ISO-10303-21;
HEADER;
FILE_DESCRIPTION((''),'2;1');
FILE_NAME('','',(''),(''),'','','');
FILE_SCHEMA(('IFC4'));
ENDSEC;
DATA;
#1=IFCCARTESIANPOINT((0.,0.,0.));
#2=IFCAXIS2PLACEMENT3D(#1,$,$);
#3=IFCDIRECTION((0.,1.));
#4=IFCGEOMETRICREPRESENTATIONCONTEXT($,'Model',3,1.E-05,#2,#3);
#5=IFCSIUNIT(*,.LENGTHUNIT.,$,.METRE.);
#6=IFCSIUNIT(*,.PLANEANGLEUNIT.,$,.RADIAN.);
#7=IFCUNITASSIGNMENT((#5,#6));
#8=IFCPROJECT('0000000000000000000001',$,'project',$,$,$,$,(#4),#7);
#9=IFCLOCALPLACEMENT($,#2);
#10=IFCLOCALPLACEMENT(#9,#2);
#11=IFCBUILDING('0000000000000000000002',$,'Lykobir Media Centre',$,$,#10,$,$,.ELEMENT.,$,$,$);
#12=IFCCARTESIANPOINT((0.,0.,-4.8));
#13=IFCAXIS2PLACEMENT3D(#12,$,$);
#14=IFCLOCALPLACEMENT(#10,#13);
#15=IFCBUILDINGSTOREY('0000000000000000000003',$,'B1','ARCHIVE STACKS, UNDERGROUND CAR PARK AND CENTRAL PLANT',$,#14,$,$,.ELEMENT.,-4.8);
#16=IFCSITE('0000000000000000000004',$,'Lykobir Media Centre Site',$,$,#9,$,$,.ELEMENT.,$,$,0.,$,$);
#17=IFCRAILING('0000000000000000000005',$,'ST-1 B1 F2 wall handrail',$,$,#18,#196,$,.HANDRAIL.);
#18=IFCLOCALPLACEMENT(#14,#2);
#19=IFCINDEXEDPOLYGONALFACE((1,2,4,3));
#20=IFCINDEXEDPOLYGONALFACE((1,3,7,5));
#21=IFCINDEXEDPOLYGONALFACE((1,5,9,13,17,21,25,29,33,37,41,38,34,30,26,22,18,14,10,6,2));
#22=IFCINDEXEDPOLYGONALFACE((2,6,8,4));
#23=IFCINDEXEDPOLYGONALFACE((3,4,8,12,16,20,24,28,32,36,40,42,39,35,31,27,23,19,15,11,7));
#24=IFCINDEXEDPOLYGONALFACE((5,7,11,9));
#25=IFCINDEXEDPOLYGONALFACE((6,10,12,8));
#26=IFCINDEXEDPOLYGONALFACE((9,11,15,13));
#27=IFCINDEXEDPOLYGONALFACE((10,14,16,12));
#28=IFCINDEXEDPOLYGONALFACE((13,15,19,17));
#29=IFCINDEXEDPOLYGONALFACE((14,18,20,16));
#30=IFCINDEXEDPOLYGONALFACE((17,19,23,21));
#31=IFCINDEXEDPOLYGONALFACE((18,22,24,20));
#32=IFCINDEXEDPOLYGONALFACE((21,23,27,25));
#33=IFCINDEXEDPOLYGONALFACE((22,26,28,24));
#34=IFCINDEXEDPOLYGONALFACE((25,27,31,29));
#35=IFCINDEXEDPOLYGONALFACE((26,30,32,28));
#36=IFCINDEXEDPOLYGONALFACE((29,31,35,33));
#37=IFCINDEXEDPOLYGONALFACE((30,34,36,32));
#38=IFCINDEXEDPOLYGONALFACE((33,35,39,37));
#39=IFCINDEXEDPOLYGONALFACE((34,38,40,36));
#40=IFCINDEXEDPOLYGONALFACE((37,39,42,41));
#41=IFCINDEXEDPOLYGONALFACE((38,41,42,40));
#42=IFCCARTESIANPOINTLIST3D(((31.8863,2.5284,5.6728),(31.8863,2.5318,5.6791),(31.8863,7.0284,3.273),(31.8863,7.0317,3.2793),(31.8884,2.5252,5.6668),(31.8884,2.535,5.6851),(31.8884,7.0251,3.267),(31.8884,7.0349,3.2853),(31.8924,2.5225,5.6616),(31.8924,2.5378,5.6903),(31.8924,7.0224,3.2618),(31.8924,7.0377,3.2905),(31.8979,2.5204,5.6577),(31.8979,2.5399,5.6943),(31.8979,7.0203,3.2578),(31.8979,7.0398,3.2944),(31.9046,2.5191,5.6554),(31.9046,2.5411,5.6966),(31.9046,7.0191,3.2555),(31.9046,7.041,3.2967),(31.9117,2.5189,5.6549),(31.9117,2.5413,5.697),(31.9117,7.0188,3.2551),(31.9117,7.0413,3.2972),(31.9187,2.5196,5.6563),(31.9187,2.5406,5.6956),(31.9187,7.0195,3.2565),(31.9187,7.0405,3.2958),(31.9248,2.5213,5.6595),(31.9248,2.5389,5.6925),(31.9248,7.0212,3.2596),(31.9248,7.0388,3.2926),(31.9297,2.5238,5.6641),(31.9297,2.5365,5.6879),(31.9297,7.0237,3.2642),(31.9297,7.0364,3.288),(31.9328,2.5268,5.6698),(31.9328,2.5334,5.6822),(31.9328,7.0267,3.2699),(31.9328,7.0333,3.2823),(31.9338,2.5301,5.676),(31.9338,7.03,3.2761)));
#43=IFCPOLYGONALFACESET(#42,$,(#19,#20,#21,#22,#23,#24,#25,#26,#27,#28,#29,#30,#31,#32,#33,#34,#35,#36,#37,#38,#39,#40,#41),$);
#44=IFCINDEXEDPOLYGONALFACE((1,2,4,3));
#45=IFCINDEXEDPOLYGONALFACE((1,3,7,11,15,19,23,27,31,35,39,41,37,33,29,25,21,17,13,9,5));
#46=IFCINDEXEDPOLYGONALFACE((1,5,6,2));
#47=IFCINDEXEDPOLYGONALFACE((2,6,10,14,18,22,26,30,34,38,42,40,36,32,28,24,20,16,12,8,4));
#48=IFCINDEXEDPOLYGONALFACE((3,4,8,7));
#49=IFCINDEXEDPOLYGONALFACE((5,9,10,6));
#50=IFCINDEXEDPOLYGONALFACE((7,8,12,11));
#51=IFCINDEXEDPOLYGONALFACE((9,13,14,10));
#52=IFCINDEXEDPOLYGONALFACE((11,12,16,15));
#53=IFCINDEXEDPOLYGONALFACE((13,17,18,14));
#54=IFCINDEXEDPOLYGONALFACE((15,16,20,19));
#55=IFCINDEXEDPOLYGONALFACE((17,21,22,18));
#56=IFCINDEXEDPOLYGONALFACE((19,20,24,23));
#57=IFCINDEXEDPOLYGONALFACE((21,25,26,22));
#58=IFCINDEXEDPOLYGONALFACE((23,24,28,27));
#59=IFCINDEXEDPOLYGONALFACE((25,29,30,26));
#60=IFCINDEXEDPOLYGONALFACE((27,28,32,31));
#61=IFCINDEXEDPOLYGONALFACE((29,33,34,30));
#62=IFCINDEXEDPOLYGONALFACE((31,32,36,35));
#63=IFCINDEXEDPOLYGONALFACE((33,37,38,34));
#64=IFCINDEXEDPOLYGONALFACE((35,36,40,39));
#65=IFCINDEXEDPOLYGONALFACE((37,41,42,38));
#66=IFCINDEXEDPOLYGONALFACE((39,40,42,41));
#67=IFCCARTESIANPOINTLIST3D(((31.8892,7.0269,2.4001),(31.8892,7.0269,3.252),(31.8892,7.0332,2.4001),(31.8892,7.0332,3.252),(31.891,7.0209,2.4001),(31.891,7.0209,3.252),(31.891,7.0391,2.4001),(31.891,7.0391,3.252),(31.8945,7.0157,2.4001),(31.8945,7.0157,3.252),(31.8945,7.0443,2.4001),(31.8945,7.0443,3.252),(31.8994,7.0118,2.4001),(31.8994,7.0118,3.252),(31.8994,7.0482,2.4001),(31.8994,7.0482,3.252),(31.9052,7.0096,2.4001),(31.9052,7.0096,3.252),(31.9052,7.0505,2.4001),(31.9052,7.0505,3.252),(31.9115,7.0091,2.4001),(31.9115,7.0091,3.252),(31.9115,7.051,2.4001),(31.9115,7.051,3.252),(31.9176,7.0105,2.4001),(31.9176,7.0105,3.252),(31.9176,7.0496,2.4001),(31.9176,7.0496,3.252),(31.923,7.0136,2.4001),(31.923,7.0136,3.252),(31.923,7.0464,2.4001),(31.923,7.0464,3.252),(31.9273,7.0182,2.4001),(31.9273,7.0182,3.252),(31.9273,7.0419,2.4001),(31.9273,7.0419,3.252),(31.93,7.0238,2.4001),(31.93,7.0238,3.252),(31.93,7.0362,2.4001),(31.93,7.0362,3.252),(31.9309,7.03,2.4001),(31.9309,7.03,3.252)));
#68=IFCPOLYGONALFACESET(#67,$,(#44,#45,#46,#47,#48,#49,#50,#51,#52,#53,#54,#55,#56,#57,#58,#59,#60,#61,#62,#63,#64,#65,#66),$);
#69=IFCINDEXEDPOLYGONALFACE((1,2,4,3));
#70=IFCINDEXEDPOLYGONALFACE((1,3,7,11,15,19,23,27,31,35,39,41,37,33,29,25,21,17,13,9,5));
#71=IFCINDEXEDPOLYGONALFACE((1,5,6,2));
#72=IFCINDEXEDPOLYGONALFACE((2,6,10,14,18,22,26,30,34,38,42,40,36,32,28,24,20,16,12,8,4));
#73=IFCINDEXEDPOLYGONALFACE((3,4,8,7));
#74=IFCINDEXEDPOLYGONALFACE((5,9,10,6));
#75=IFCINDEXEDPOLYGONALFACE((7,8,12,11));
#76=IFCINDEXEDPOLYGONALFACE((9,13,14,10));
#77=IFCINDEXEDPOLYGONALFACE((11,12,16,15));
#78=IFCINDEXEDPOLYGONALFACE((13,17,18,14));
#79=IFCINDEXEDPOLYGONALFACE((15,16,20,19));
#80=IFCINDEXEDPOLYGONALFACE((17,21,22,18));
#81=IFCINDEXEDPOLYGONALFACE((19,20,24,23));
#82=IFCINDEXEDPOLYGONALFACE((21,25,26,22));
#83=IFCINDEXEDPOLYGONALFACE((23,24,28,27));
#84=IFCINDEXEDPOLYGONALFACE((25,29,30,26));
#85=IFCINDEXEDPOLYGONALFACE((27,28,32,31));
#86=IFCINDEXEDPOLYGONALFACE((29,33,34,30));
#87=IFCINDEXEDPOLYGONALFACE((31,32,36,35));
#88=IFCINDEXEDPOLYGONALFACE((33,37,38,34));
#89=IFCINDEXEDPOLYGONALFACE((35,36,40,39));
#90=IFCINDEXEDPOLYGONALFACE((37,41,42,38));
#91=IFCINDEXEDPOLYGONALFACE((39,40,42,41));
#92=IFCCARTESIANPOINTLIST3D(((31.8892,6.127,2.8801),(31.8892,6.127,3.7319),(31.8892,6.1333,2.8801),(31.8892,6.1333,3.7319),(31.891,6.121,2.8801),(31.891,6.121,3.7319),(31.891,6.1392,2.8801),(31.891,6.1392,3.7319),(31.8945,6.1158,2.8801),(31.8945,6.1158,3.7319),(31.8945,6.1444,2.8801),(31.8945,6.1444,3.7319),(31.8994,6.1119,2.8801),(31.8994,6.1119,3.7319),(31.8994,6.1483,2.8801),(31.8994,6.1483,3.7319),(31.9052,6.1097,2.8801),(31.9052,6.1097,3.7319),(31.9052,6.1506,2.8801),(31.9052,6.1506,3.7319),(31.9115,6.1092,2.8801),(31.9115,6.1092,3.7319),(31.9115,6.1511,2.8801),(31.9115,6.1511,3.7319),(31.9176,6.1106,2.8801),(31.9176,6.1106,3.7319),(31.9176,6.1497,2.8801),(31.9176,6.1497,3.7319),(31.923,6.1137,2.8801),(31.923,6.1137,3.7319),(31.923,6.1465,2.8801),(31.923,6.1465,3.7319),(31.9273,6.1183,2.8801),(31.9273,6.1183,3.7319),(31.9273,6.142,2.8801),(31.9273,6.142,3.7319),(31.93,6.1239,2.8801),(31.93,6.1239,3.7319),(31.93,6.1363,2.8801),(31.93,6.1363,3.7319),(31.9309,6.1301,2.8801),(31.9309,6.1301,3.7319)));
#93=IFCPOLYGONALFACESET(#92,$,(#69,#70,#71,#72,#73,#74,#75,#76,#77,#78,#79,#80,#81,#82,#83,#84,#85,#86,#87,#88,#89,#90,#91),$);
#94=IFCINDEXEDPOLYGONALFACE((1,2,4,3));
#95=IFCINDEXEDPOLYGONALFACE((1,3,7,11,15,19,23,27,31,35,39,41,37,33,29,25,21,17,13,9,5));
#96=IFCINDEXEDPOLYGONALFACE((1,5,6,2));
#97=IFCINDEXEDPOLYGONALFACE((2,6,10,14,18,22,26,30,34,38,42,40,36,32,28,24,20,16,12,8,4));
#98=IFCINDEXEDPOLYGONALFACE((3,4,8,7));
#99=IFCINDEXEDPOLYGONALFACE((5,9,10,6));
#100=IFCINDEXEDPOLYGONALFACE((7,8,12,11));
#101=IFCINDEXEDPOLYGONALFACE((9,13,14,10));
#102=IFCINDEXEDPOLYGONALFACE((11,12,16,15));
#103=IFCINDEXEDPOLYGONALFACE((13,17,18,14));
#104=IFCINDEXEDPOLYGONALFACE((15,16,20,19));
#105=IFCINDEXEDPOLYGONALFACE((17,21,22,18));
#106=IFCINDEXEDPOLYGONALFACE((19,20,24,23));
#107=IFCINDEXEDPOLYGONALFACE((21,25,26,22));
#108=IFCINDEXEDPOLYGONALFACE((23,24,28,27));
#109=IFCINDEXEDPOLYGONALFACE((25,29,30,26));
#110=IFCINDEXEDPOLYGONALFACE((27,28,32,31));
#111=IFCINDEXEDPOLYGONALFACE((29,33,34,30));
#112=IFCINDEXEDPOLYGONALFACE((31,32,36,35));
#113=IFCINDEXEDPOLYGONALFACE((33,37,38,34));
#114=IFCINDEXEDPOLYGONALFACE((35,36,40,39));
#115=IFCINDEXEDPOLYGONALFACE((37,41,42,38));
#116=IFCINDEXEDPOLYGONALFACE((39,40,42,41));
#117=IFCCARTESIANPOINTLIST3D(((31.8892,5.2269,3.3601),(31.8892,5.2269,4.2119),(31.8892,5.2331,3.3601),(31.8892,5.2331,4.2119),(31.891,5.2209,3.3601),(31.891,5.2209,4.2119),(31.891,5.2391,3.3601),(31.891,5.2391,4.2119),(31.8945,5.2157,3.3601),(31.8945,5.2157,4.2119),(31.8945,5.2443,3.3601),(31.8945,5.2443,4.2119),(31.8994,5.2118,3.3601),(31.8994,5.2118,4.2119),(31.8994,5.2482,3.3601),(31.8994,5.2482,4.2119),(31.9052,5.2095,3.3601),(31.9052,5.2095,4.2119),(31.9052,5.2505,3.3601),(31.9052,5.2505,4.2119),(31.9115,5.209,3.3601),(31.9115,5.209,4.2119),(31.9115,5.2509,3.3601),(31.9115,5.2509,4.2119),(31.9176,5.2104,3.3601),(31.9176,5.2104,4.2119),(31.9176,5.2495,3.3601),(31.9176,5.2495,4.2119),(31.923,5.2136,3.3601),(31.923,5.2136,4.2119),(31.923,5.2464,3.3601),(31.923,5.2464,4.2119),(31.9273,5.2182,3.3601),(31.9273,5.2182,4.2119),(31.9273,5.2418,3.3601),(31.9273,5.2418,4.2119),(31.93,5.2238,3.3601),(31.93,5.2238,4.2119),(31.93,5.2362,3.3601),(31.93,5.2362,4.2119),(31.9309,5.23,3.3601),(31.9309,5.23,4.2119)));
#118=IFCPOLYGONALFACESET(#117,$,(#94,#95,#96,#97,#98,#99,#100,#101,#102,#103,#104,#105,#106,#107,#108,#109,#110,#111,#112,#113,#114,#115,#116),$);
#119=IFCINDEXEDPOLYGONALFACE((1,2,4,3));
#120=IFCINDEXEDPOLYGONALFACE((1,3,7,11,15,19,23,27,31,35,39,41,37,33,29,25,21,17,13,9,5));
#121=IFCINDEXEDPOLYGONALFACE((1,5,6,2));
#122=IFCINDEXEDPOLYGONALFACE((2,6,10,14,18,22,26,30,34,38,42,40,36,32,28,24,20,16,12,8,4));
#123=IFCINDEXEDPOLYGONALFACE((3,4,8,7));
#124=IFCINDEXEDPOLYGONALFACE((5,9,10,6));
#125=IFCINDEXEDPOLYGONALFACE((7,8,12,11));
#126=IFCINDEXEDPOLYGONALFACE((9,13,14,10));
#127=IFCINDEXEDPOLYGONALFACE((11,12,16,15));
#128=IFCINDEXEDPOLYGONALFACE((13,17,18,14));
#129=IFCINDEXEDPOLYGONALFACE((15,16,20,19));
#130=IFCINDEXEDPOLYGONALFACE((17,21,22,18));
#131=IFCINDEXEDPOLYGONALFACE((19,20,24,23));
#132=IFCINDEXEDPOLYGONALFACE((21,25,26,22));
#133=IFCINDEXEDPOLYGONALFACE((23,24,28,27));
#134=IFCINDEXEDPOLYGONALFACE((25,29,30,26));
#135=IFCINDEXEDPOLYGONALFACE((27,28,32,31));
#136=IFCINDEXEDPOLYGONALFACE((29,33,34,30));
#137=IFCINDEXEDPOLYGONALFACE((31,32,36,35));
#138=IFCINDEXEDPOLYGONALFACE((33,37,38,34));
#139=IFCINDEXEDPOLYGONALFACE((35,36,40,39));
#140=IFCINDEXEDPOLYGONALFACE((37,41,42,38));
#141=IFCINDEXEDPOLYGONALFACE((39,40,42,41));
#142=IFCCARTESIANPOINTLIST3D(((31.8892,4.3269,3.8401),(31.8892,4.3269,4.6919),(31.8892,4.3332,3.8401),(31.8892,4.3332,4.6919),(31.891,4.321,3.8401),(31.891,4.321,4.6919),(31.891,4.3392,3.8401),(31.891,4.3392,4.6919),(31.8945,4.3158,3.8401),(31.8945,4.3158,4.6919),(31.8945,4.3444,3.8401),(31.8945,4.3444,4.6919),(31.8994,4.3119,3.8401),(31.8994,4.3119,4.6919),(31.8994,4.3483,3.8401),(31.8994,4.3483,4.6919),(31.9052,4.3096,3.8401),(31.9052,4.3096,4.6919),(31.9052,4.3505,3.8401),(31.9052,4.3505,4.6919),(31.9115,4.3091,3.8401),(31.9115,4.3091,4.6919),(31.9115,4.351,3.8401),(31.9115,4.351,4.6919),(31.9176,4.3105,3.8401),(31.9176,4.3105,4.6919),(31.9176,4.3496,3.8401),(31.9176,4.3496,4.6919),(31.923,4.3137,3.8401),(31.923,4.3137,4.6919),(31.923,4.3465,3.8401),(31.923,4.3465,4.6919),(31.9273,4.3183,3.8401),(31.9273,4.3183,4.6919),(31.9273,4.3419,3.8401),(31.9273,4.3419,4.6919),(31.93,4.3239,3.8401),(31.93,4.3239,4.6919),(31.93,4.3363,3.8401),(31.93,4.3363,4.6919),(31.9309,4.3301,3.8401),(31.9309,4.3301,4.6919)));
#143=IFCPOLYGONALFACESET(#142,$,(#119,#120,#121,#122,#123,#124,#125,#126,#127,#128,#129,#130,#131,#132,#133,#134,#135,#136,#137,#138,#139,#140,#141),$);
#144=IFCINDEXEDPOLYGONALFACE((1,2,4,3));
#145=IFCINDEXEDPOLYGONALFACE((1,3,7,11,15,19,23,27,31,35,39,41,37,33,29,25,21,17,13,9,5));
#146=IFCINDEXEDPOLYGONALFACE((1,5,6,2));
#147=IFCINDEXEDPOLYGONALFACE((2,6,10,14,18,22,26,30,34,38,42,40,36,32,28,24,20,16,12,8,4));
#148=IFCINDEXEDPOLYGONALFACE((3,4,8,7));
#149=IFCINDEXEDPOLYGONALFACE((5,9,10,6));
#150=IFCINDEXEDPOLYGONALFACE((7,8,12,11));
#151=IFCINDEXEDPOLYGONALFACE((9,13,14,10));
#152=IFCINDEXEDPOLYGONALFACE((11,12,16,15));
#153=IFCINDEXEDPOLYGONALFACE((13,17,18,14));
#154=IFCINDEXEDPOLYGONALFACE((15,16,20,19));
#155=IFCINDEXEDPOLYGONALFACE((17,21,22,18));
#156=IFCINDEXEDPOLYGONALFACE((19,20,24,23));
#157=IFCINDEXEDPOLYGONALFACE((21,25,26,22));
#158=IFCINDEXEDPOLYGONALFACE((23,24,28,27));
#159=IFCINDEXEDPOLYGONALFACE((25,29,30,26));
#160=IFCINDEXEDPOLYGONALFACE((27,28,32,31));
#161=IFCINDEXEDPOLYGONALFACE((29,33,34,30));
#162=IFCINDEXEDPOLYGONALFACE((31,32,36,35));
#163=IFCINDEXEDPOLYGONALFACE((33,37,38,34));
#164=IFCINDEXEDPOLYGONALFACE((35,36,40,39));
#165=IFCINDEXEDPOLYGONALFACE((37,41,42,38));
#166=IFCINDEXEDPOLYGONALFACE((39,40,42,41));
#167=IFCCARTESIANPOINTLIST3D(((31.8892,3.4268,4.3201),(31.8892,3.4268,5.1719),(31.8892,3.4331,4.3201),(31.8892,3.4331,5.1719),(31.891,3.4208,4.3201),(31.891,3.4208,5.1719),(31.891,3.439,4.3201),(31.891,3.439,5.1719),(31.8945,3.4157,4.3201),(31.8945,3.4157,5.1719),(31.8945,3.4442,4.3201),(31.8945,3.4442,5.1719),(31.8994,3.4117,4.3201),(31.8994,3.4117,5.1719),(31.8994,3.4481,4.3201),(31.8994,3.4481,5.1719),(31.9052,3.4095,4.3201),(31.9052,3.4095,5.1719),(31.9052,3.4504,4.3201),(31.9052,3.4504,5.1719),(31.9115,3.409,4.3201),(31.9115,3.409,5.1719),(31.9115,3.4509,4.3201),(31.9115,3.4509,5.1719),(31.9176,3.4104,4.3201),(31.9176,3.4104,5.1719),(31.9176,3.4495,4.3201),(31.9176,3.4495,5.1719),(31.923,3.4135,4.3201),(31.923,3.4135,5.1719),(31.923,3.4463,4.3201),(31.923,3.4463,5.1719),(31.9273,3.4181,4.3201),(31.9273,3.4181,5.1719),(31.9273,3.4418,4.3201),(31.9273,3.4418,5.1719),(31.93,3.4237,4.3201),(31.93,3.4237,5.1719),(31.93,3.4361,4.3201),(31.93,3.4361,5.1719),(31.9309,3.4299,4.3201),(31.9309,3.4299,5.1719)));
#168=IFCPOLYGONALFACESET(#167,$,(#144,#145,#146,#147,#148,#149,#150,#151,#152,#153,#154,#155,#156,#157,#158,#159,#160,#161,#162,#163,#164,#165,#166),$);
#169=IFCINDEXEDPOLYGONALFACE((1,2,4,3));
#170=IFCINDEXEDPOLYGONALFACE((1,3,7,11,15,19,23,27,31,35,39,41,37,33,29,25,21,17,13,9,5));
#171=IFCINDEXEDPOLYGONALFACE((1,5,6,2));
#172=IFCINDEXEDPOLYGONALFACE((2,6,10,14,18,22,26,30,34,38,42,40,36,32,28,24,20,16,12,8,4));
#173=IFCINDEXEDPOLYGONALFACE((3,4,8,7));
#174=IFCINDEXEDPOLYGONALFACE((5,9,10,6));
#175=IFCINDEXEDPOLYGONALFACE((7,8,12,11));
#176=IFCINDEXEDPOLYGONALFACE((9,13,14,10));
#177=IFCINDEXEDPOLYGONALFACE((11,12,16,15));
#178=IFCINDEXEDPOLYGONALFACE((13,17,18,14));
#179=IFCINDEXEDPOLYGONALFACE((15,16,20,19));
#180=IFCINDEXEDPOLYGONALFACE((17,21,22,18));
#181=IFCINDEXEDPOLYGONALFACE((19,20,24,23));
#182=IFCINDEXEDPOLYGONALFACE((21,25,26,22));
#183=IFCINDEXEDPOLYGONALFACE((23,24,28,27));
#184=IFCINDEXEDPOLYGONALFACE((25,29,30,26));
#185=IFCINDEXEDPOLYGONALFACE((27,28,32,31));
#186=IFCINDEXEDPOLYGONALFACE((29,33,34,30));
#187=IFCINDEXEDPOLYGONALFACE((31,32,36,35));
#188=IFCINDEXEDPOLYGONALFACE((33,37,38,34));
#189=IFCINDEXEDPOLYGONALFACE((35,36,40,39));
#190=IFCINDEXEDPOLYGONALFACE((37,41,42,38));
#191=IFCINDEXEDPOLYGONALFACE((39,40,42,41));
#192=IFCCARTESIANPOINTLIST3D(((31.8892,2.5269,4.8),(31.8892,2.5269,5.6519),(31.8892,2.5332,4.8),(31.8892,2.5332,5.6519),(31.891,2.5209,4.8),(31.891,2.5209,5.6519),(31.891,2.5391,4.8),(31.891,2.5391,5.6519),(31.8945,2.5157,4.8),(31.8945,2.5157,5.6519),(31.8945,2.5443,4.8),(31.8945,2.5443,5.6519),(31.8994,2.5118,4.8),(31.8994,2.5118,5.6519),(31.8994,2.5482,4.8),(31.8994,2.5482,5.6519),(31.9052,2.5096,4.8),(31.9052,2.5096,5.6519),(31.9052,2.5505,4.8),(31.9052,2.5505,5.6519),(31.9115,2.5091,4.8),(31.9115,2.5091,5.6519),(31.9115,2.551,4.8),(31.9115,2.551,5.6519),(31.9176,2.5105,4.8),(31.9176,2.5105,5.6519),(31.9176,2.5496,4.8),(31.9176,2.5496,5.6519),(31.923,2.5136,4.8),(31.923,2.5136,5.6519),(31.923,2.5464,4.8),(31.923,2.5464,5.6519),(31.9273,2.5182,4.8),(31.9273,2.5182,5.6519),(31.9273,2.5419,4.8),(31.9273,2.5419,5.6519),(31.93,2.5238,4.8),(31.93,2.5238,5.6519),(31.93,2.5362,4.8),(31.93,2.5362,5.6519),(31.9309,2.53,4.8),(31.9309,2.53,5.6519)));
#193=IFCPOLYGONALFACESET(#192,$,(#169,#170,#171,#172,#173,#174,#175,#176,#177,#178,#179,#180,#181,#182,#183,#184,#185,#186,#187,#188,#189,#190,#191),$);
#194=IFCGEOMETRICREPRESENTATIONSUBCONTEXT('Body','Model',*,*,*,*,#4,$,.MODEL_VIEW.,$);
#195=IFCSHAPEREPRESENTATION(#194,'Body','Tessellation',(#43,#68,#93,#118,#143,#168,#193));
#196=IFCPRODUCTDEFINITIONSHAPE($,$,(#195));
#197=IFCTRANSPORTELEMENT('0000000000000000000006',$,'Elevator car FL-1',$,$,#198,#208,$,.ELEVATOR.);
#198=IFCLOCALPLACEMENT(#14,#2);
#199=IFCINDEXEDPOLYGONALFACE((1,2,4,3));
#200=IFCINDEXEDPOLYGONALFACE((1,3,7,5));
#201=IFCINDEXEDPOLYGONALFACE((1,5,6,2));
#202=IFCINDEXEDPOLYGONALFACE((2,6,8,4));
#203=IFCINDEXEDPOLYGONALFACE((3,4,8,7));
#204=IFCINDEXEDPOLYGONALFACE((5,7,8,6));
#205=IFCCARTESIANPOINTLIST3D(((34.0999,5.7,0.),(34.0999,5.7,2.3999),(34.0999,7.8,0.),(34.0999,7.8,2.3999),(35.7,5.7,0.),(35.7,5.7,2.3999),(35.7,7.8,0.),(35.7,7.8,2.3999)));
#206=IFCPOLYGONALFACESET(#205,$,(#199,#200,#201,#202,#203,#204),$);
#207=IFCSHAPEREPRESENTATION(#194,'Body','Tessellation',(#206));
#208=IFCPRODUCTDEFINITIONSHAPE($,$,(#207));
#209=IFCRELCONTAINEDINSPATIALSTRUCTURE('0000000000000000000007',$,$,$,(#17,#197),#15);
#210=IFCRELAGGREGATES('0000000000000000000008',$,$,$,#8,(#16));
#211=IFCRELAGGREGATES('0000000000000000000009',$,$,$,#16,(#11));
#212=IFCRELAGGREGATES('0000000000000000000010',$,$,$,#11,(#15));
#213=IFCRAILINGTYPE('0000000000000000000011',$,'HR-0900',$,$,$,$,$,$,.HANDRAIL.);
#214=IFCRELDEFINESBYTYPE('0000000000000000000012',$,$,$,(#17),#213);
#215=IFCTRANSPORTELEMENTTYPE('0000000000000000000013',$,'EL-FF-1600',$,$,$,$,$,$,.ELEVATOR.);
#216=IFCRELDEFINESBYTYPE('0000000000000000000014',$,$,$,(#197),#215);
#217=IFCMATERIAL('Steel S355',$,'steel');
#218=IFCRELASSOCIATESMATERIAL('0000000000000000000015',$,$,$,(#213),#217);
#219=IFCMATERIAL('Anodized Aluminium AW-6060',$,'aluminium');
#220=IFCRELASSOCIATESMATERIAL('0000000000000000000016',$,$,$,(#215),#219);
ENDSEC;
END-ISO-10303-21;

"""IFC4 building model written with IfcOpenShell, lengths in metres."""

from ifc_helpers import new_model, si_unit, direction, frame, origin, origin_2d, place, context, subcontext, project, spatial, rectangle, circle, extrude, material, type_object, element, save


model = new_model("IFC4")

# Units and contexts
model_context = context("Model", 3, precision=1e-05, world=origin(), true_north=direction((0.0, 1.0)))
body_context = subcontext(model_context, "Body", "Model", "MODEL_VIEW")
ifc_project = project(units=[si_unit("LENGTHUNIT", "METRE"), si_unit("PLANEANGLEUNIT", "RADIAN")], contexts=[model_context])

# Site, building, storey
site_placement = place(None, origin())
site = spatial("IfcSite", under=ifc_project, at=site_placement, Name="Lykobir Media Centre Site", CompositionType="ELEMENT", RefElevation=0.0)
building_placement = place(site_placement, origin())
building = spatial("IfcBuilding", under=site, at=building_placement, Name="Lykobir Media Centre", CompositionType="ELEMENT")
storey_placement = place(building_placement, frame((0.0, 0.0, -4.8)))
storey = spatial("IfcBuildingStorey", under=building, at=storey_placement, Name="B1", Description="ARCHIVE STACKS, UNDERGROUND CAR PARK AND CENTRAL PLANT", CompositionType="ELEMENT", Elevation=-4.8)

# Shared definitions
ifc_material_1 = material(Name="Steel S355", Category="steel")

# Railing
railing_type_1 = type_object("IfcRailingType", Name="HR-0900", PredefinedType="HANDRAIL", material=ifc_material_1)
railing_1_placement = place(storey_placement, frame((31.9099, 7.03, 2.4001)))
element("IfcRailing", 1, at=railing_1_placement, inside=storey, type_object=railing_type_1, Name="ST-1 B1 F2 wall handrail", PredefinedType="HANDRAIL", context=body_context, shape_type="SweptSolid", body=[
    extrude(circle(Radius=0.0239, at=origin_2d()), frame((0.0, 0.0, 0.876), z_axis=(0.0, -0.882361, 0.470573), x_axis=(1.0, 0.0, 0.0)), (0.0, 0.0, 1.0), 5.0999),
    extrude(circle(Radius=0.021, at=origin_2d()), origin(), (0.0, 0.0, 1.0), 0.8518),
    extrude(circle(Radius=0.021, at=origin_2d()), frame((0.0, -0.8999, 0.48)), (0.0, 0.0, 1.0), 0.8518),
    extrude(circle(Radius=0.021, at=origin_2d()), frame((0.0, -1.8, 0.96)), (0.0, 0.0, 1.0), 0.8518),
    extrude(circle(Radius=0.021, at=origin_2d()), frame((0.0, -2.7, 1.4399)), (0.0, 0.0, 1.0), 0.8518),
    extrude(circle(Radius=0.021, at=origin_2d()), frame((0.0, -3.6001, 1.9199)), (0.0, 0.0, 1.0), 0.8518),
    extrude(circle(Radius=0.021, at=origin_2d()), frame((0.0, -4.5, 2.3999)), (0.0, 0.0, 1.0), 0.8518),
])

# Transport element
ifc_material_2 = material(Name="Anodized Aluminium AW-6060", Category="aluminium")
transport_element_type_1 = type_object("IfcTransportElementType", Name="EL-FF-1600", PredefinedType="ELEVATOR", material=ifc_material_2)
transport_element_1_placement = place(storey_placement, frame((34.8999, 6.75, 0.0), z_axis=(0.0, 0.0, 1.0), x_axis=(1.0, 0.0, 0.0)))
element("IfcTransportElement", 2, at=transport_element_1_placement, inside=storey, type_object=transport_element_type_1, Name="Elevator car FL-1", PredefinedType="ELEVATOR", context=body_context, shape_type="SweptSolid", body=[
    extrude(rectangle(XDim=1.6001, YDim=2.1001, at=origin_2d()), origin(), (0.0, 0.0, 1.0), 2.3999),
])

save(model, "model.ifc")
